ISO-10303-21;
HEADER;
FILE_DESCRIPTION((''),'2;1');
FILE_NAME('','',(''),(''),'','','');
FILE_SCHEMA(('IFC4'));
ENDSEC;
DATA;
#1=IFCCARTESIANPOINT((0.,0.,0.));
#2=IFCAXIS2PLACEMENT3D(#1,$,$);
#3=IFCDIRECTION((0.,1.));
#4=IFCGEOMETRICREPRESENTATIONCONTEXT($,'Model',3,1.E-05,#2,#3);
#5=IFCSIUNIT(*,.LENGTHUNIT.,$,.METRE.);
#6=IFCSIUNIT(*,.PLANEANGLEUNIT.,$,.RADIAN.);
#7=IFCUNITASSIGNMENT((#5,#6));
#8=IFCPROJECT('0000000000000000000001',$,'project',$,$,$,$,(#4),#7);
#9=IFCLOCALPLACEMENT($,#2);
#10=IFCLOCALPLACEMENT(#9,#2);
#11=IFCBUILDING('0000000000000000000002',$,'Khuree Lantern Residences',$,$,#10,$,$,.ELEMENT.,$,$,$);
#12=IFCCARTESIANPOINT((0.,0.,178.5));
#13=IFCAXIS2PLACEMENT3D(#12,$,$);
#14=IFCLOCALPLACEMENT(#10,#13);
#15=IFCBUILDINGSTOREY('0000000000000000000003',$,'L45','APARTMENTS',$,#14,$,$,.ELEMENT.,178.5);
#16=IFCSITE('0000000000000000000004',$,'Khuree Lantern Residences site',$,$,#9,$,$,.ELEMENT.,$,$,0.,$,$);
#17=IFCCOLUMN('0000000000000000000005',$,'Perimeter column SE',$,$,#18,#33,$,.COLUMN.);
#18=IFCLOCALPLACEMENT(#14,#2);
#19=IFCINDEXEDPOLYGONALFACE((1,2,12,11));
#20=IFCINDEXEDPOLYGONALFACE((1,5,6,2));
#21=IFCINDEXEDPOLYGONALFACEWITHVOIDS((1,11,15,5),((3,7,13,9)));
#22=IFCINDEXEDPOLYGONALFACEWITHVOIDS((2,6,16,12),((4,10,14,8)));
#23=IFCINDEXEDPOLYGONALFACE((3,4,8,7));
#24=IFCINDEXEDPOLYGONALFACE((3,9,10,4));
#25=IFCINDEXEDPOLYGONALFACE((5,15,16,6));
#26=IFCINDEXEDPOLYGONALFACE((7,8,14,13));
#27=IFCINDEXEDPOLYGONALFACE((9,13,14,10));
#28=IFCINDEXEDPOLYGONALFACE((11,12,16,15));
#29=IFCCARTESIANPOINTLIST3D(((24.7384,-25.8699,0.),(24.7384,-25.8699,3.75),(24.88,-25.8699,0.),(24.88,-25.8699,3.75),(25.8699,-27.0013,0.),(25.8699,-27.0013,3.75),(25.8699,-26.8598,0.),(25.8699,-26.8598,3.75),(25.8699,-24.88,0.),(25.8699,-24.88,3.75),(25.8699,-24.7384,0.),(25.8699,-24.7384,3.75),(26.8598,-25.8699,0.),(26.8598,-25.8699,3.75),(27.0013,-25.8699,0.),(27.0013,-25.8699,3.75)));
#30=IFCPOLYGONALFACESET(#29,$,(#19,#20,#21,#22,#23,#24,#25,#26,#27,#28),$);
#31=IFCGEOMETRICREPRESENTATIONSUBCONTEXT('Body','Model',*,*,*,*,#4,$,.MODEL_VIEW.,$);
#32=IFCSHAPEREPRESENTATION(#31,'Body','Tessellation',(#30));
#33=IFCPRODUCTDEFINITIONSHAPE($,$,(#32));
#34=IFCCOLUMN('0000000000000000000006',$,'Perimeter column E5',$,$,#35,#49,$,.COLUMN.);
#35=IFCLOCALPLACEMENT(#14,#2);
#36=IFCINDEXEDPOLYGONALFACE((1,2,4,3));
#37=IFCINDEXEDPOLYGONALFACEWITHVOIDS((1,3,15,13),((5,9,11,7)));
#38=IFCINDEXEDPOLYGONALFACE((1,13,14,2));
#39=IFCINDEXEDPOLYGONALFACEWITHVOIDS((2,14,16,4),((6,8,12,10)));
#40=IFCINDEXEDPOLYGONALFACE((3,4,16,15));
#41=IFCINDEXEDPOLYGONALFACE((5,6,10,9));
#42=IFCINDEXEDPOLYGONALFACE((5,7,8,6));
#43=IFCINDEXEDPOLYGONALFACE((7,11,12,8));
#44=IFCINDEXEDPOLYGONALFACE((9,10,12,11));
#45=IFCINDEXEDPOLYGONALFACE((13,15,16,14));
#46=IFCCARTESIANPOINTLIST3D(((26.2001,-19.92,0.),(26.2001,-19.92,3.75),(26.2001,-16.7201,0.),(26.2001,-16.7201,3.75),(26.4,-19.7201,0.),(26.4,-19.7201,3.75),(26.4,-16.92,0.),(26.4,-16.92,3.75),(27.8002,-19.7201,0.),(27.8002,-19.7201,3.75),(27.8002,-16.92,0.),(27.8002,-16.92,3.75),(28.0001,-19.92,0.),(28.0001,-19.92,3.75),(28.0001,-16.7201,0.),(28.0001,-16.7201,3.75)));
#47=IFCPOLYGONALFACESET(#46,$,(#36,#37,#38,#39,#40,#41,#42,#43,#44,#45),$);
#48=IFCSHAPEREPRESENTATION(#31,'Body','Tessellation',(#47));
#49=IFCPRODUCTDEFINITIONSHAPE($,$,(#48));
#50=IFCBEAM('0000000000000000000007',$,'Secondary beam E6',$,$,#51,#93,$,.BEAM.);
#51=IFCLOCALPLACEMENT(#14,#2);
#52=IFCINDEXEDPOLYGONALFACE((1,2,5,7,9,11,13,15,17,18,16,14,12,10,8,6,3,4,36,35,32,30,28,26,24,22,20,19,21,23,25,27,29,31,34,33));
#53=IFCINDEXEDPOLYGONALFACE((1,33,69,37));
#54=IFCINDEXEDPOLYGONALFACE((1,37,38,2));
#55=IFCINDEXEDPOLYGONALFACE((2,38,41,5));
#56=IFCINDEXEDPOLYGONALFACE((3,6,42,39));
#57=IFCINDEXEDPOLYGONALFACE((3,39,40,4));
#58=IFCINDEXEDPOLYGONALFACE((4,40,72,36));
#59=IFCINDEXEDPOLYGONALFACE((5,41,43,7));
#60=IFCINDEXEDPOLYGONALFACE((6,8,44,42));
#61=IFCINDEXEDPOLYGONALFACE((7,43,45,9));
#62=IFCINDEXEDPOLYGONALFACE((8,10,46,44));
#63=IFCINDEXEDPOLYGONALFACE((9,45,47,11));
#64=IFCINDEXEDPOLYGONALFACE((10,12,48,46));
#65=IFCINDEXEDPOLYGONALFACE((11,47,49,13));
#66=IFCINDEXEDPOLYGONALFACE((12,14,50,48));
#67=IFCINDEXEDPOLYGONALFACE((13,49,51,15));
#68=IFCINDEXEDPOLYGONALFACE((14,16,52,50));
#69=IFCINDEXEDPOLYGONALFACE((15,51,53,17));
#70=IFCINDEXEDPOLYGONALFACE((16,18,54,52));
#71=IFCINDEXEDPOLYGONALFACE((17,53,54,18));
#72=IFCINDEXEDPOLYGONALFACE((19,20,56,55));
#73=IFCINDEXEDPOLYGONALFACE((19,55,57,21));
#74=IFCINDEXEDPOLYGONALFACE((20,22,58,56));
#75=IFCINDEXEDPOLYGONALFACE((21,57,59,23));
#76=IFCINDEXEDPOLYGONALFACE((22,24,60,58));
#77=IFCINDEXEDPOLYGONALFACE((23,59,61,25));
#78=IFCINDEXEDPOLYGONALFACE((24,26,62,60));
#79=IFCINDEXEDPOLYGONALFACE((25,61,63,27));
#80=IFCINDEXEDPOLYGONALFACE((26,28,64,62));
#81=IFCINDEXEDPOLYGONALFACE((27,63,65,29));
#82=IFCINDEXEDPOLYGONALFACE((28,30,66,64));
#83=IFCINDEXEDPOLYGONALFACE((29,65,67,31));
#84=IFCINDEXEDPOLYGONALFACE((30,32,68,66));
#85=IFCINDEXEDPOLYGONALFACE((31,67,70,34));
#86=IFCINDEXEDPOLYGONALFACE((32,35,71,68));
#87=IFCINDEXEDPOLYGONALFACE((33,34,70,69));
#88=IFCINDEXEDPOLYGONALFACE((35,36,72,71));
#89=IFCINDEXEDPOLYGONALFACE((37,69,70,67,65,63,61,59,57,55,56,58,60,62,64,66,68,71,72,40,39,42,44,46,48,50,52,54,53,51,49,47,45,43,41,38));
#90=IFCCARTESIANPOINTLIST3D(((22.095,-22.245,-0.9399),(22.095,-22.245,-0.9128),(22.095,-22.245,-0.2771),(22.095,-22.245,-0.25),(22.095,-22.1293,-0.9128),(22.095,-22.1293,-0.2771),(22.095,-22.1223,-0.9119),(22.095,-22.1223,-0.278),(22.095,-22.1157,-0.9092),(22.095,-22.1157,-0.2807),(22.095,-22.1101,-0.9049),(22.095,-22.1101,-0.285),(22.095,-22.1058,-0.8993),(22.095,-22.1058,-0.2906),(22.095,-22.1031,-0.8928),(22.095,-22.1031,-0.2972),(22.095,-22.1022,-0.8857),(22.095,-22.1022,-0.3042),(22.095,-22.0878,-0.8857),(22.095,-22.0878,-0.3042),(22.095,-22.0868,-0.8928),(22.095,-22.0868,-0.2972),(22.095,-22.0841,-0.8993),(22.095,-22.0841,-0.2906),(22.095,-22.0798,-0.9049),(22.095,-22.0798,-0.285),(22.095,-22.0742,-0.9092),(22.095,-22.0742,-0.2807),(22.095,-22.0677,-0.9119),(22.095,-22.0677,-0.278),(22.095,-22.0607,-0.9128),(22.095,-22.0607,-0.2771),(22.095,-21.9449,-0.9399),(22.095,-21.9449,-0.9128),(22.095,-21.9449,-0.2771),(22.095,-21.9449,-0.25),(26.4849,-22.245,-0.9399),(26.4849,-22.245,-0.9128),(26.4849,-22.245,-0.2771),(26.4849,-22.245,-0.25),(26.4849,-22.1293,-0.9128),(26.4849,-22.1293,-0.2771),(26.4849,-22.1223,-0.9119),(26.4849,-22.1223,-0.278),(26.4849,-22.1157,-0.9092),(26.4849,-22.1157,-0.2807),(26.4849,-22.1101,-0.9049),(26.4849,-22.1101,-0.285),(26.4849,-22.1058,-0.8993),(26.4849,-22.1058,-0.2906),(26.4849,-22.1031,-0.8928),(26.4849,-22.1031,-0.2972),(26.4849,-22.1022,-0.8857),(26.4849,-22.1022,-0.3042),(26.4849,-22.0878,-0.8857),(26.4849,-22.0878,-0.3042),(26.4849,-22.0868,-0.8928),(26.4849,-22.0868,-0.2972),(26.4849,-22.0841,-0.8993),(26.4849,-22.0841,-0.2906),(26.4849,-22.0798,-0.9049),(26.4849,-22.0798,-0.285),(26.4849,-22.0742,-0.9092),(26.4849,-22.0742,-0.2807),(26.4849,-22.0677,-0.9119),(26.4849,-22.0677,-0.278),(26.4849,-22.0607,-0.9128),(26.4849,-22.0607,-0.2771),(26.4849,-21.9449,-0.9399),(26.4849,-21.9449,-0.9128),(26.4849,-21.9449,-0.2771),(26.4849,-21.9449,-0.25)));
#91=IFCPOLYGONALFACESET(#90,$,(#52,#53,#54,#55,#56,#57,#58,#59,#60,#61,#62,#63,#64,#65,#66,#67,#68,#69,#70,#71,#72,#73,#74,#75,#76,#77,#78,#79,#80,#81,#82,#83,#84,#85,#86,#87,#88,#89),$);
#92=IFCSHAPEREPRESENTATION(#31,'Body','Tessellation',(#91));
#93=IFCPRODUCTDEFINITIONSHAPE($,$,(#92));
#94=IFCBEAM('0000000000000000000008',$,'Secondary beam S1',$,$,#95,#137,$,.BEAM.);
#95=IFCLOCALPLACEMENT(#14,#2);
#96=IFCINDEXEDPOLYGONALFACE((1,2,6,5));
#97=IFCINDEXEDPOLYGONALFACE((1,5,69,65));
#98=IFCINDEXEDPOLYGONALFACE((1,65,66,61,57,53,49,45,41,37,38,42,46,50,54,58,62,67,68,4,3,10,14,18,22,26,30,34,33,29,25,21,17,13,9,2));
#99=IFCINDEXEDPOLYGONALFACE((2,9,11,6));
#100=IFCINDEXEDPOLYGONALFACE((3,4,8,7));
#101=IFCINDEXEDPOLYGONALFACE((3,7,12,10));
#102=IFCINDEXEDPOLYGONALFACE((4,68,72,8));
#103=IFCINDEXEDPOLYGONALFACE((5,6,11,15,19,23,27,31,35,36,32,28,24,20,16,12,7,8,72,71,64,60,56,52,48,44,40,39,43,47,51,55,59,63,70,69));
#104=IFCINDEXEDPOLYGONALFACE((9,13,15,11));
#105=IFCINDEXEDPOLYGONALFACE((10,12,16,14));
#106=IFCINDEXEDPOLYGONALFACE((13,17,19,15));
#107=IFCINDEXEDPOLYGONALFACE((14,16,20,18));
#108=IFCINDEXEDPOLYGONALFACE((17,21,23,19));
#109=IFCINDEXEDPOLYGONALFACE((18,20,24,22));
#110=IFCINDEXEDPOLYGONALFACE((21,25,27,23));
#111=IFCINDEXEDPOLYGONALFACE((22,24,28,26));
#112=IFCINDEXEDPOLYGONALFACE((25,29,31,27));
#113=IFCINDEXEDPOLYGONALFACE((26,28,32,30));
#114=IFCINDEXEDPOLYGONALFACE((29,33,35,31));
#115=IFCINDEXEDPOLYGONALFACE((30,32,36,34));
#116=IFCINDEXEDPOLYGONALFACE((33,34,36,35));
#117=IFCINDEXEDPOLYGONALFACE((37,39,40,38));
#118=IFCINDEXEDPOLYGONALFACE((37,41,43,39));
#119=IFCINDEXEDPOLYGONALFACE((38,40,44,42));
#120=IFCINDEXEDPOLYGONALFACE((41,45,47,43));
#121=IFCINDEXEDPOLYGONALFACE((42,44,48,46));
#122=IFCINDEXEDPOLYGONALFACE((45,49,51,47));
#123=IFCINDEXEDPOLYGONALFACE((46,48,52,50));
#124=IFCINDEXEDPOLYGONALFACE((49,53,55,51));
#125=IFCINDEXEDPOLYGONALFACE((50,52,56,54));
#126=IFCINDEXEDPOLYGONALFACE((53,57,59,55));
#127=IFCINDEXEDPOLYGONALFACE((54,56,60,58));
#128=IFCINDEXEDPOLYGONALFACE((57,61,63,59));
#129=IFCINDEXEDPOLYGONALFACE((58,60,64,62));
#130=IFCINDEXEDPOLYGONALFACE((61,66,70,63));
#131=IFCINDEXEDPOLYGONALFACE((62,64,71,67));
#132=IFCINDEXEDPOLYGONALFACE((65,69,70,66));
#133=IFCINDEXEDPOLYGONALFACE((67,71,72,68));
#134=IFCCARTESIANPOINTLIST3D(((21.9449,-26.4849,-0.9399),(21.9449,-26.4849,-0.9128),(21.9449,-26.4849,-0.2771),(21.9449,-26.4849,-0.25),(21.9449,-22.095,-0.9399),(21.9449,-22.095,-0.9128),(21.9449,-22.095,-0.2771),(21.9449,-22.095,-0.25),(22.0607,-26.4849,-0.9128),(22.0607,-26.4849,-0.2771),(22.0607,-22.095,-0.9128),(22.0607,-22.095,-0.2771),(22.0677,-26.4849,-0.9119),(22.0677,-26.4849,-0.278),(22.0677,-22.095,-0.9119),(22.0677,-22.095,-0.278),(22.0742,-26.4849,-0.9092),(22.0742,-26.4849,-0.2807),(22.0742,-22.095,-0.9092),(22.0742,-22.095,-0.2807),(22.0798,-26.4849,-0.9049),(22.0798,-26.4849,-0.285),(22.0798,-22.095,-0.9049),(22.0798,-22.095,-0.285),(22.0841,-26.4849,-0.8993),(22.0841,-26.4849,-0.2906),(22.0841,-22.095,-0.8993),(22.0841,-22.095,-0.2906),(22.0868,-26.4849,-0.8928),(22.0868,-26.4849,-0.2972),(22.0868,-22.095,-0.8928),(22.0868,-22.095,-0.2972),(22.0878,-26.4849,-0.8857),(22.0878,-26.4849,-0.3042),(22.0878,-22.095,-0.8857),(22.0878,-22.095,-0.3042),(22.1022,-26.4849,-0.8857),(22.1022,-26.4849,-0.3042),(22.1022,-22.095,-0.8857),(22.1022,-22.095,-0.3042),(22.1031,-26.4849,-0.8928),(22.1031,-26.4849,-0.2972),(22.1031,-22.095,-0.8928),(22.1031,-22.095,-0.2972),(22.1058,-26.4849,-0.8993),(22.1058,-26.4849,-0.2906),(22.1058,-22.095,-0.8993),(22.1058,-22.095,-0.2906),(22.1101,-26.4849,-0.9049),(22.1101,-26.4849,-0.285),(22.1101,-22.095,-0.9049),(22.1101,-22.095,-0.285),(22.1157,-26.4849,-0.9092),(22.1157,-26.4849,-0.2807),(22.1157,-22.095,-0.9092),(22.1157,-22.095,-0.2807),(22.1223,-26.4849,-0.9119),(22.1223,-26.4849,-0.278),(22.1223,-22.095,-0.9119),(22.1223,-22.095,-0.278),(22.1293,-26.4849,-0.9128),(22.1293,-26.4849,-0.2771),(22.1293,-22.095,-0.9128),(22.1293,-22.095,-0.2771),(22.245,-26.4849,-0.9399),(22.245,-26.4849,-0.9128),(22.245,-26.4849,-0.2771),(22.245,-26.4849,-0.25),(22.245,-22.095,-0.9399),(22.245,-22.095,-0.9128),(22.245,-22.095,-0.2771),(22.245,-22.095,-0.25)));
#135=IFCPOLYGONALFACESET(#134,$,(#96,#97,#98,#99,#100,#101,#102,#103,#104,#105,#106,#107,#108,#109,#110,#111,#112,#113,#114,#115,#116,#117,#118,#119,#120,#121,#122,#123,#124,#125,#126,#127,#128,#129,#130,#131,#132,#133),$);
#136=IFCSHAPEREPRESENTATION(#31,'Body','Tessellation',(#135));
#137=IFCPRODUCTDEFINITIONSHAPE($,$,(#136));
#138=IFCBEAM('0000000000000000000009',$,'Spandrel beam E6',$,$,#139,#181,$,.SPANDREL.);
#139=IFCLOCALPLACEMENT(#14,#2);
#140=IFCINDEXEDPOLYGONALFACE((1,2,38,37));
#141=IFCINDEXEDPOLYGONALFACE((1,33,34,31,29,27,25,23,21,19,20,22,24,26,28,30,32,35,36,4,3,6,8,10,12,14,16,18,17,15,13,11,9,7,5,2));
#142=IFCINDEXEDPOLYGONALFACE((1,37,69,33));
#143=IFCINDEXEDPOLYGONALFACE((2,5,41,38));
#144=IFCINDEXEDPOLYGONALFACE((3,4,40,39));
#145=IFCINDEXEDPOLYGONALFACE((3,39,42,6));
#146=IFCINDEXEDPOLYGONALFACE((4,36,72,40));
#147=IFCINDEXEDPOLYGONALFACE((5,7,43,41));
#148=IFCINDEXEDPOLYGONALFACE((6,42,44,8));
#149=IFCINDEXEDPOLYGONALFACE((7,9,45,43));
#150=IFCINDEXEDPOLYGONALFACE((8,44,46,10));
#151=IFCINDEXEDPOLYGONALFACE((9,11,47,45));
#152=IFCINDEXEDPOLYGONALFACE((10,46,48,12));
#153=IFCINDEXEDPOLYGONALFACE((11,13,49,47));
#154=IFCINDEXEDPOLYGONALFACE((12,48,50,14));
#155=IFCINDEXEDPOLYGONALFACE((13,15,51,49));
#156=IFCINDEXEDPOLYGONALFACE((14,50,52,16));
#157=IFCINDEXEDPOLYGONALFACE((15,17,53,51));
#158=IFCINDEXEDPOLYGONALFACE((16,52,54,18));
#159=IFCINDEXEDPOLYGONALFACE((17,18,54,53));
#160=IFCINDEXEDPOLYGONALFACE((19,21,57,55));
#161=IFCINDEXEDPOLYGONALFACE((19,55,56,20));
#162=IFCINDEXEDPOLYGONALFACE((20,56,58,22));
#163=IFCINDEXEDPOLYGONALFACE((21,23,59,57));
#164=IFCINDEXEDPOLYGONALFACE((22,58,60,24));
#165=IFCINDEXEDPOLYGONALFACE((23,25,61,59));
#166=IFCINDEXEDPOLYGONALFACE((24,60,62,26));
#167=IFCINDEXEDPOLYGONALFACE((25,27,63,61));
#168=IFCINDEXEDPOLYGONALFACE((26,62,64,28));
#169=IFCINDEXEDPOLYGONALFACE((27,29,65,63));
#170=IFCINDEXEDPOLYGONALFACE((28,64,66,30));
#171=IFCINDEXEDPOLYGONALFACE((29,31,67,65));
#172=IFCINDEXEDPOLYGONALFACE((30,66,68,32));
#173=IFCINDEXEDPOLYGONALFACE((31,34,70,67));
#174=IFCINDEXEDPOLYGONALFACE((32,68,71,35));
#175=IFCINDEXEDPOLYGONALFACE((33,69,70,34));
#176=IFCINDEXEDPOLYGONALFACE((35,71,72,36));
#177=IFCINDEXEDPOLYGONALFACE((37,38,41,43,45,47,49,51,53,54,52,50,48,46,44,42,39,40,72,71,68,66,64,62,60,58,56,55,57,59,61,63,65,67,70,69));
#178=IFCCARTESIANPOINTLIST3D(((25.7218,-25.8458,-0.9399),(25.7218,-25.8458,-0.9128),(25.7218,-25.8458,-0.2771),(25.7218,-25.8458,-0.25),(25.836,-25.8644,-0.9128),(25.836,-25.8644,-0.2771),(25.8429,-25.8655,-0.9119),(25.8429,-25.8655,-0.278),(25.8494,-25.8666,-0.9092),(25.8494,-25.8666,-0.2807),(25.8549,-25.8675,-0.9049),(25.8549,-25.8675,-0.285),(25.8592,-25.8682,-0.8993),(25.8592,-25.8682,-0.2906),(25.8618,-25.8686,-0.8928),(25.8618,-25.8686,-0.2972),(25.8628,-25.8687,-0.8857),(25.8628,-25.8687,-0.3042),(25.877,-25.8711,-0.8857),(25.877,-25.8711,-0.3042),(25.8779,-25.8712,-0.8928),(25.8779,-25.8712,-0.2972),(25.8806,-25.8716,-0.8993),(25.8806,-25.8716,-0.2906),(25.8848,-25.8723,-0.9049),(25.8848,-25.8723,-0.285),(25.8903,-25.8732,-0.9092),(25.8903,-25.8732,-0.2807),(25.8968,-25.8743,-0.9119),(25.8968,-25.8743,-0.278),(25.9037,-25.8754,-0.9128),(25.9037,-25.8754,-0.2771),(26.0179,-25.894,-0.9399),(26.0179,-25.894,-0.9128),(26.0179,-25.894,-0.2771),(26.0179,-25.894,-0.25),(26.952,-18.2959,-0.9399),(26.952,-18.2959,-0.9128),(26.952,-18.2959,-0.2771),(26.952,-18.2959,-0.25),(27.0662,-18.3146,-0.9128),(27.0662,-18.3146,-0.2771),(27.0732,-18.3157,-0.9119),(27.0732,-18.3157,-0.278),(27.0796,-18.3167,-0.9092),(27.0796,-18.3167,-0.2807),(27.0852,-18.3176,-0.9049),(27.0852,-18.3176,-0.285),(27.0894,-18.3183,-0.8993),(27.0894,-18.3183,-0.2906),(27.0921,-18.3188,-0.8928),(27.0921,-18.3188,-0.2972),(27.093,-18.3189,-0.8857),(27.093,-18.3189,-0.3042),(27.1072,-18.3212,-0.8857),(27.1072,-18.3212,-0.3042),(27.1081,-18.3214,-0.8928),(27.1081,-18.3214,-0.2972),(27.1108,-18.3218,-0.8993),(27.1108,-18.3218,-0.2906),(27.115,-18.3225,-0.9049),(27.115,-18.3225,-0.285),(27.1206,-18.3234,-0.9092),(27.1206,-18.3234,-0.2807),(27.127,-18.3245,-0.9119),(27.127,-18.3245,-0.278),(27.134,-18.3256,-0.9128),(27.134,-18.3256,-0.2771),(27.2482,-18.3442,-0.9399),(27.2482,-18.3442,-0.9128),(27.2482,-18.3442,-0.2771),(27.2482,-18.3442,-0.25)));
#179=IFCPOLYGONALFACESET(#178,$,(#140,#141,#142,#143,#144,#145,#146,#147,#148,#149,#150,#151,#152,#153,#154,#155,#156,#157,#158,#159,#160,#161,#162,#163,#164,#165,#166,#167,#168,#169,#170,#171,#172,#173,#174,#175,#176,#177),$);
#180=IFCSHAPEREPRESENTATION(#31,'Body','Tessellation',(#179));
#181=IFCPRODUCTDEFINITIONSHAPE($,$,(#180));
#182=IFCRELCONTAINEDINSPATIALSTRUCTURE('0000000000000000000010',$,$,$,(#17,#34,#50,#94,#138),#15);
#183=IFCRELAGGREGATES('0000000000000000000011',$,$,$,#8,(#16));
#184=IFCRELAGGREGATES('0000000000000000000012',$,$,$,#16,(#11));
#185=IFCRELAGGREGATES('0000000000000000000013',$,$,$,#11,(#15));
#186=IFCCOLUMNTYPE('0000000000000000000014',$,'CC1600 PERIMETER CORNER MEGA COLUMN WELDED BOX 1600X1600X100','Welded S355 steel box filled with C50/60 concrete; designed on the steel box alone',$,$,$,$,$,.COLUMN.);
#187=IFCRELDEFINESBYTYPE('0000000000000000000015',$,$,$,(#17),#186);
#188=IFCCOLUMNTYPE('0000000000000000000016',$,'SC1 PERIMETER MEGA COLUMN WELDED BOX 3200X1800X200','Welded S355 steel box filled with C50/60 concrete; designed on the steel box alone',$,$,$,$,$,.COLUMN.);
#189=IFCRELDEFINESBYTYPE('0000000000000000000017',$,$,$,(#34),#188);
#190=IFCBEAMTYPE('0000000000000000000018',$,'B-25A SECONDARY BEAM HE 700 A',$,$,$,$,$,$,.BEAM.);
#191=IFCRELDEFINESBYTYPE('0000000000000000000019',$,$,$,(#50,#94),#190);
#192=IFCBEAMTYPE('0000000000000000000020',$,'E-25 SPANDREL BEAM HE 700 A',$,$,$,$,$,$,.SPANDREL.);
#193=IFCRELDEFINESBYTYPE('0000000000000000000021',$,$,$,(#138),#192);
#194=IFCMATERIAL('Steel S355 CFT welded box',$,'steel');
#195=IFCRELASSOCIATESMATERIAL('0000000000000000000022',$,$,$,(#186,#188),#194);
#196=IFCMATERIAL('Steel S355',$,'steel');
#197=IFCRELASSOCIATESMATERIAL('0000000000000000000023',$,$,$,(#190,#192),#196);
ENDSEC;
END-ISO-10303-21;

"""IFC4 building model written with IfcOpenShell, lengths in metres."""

from ifc_helpers import new_model, si_unit, direction, frame, origin, origin_2d, place, context, subcontext, project, spatial, hollow_rectangle, i_section, extrude, material, material_profile, profile_set, type_object, element, save


model = new_model("IFC4")

# Units and contexts
model_context = context("Model", 3, precision=1e-05, world=origin(), true_north=direction((0.0, 1.0)))
body_context = subcontext(model_context, "Body", "Model", "MODEL_VIEW")
ifc_project = project(units=[si_unit("LENGTHUNIT", "METRE"), si_unit("PLANEANGLEUNIT", "RADIAN")], contexts=[model_context])

# Site, building, storey
site_placement = place(None, origin())
site = spatial("IfcSite", under=ifc_project, at=site_placement, Name="Khuree Lantern Residences site", CompositionType="ELEMENT", RefElevation=0.0)
building_placement = place(site_placement, origin())
building = spatial("IfcBuilding", under=site, at=building_placement, Name="Khuree Lantern Residences", CompositionType="ELEMENT")
storey_placement = place(building_placement, frame((0.0, 0.0, 178.5)))
storey = spatial("IfcBuildingStorey", under=building, at=storey_placement, Name="L45", Description="APARTMENTS", CompositionType="ELEMENT", Elevation=178.5)

# Columns
ifc_material_1 = material(Name="Steel S355 CFT welded box", Category="steel")
ifc_material_profile_1 = material_profile(ifc_material_1, hollow_rectangle(XDim=1.6001, YDim=1.6001, WallThickness=0.1001, at=origin_2d()), Name="WELDED BOX 1600X1600X100")
ifc_profile_set_1 = profile_set([ifc_material_profile_1], Name="Steel S355 CFT welded box")
column_type_1 = type_object("IfcColumnType", Name="CC1600 PERIMETER CORNER MEGA COLUMN WELDED BOX 1600X1600X100", Description="Welded S355 steel box filled with C50/60 concrete; designed on the steel box alone", PredefinedType="COLUMN", material=ifc_profile_set_1)
column_1_placement = place(storey_placement, frame((25.8699, -25.8699, 0.0), z_axis=(0.0, 0.0, 1.0), x_axis=(0.707107, 0.707107, 0.0)))
element("IfcColumn", 1, at=column_1_placement, inside=storey, type_object=column_type_1, Name="Perimeter column SE", PredefinedType="COLUMN", context=body_context, shape_type="SweptSolid", body=[
    extrude(hollow_rectangle(XDim=1.6001, YDim=1.6001, WallThickness=0.1001, at=origin_2d()), origin(), (0.0, 0.0, 1.0), 3.75),
])
ifc_material_profile_2 = material_profile(ifc_material_1, hollow_rectangle(XDim=3.2, YDim=1.8, WallThickness=0.2, at=origin_2d()), Name="WELDED BOX 3200X1800X200")
ifc_profile_set_2 = profile_set([ifc_material_profile_2], Name="Steel S355 CFT welded box")
column_type_2 = type_object("IfcColumnType", Name="SC1 PERIMETER MEGA COLUMN WELDED BOX 3200X1800X200", Description="Welded S355 steel box filled with C50/60 concrete; designed on the steel box alone", PredefinedType="COLUMN", material=ifc_profile_set_2)
column_2_placement = place(storey_placement, frame((27.1001, -18.3201, 0.0), z_axis=(0.0, 0.0, 1.0), x_axis=(0.0, 1.0, 0.0)))
element("IfcColumn", 2, at=column_2_placement, inside=storey, type_object=column_type_2, Name="Perimeter column E5", PredefinedType="COLUMN", context=body_context, shape_type="SweptSolid", body=[
    extrude(hollow_rectangle(XDim=3.2, YDim=1.8, WallThickness=0.2, at=origin_2d()), origin(), (0.0, 0.0, 1.0), 3.75),
])

# Beams
ifc_material_2 = material(Name="Steel S355", Category="steel")
ifc_material_profile_3 = material_profile(ifc_material_2, i_section(OverallWidth=0.3, OverallDepth=0.6899, WebThickness=0.0144, FlangeThickness=0.0271, FilletRadius=0.0271, at=origin_2d()), Name="HE 700 A")
ifc_profile_set_3 = profile_set([ifc_material_profile_3], Name="Steel S355")
beam_type_1 = type_object("IfcBeamType", Name="B-25A SECONDARY BEAM HE 700 A", PredefinedType="BEAM", material=ifc_profile_set_3)
for number, where, z_axis, x_axis, name in (
    (3, (26.4849, -22.095, -0.595), (-1.0, 0.0, 0.0), (0.0, -1.0, 0.0), "Secondary beam E6"),
    (4, (22.095, -26.4849, -0.595), (0.0, 1.0, 0.0), (-1.0, 0.0, 0.0), "Secondary beam S1"),
):
    element("IfcBeam", number, at=place(storey_placement, frame(where, z_axis=z_axis, x_axis=x_axis)), inside=storey, type_object=beam_type_1, Name=name, PredefinedType="BEAM", context=body_context, shape_type="SweptSolid", body=[
        extrude(i_section(OverallWidth=0.3, OverallDepth=0.6899, WebThickness=0.0144, FlangeThickness=0.0271, FilletRadius=0.0271, at=origin_2d()), origin(), (0.0, 0.0, 1.0), 4.3899),
    ])
ifc_material_profile_4 = material_profile(ifc_material_2, i_section(OverallWidth=0.3, OverallDepth=0.6899, WebThickness=0.0144, FlangeThickness=0.0271, FilletRadius=0.0271, at=origin_2d()), Name="HE 700 A")
ifc_profile_set_4 = profile_set([ifc_material_profile_4], Name="Steel S355")
beam_type_2 = type_object("IfcBeamType", Name="E-25 SPANDREL BEAM HE 700 A", PredefinedType="SPANDREL", material=ifc_profile_set_4)
for number, where, z_axis, x_axis, name in (
    (5, (27.1001, -18.3201, -0.595), (-0.160827, -0.986983, 0.0), (0.986983, -0.160827, 0.0), "Spandrel beam E6"),
):
    element("IfcBeam", number, at=place(storey_placement, frame(where, z_axis=z_axis, x_axis=x_axis)), inside=storey, type_object=beam_type_2, Name=name, PredefinedType="SPANDREL", context=body_context, shape_type="SweptSolid", body=[
        extrude(i_section(OverallWidth=0.3, OverallDepth=0.6899, WebThickness=0.0144, FlangeThickness=0.0271, FilletRadius=0.0271, at=origin_2d()), origin(), (0.0, 0.0, 1.0), 7.6494),
    ])

save(model, "model.ifc")
